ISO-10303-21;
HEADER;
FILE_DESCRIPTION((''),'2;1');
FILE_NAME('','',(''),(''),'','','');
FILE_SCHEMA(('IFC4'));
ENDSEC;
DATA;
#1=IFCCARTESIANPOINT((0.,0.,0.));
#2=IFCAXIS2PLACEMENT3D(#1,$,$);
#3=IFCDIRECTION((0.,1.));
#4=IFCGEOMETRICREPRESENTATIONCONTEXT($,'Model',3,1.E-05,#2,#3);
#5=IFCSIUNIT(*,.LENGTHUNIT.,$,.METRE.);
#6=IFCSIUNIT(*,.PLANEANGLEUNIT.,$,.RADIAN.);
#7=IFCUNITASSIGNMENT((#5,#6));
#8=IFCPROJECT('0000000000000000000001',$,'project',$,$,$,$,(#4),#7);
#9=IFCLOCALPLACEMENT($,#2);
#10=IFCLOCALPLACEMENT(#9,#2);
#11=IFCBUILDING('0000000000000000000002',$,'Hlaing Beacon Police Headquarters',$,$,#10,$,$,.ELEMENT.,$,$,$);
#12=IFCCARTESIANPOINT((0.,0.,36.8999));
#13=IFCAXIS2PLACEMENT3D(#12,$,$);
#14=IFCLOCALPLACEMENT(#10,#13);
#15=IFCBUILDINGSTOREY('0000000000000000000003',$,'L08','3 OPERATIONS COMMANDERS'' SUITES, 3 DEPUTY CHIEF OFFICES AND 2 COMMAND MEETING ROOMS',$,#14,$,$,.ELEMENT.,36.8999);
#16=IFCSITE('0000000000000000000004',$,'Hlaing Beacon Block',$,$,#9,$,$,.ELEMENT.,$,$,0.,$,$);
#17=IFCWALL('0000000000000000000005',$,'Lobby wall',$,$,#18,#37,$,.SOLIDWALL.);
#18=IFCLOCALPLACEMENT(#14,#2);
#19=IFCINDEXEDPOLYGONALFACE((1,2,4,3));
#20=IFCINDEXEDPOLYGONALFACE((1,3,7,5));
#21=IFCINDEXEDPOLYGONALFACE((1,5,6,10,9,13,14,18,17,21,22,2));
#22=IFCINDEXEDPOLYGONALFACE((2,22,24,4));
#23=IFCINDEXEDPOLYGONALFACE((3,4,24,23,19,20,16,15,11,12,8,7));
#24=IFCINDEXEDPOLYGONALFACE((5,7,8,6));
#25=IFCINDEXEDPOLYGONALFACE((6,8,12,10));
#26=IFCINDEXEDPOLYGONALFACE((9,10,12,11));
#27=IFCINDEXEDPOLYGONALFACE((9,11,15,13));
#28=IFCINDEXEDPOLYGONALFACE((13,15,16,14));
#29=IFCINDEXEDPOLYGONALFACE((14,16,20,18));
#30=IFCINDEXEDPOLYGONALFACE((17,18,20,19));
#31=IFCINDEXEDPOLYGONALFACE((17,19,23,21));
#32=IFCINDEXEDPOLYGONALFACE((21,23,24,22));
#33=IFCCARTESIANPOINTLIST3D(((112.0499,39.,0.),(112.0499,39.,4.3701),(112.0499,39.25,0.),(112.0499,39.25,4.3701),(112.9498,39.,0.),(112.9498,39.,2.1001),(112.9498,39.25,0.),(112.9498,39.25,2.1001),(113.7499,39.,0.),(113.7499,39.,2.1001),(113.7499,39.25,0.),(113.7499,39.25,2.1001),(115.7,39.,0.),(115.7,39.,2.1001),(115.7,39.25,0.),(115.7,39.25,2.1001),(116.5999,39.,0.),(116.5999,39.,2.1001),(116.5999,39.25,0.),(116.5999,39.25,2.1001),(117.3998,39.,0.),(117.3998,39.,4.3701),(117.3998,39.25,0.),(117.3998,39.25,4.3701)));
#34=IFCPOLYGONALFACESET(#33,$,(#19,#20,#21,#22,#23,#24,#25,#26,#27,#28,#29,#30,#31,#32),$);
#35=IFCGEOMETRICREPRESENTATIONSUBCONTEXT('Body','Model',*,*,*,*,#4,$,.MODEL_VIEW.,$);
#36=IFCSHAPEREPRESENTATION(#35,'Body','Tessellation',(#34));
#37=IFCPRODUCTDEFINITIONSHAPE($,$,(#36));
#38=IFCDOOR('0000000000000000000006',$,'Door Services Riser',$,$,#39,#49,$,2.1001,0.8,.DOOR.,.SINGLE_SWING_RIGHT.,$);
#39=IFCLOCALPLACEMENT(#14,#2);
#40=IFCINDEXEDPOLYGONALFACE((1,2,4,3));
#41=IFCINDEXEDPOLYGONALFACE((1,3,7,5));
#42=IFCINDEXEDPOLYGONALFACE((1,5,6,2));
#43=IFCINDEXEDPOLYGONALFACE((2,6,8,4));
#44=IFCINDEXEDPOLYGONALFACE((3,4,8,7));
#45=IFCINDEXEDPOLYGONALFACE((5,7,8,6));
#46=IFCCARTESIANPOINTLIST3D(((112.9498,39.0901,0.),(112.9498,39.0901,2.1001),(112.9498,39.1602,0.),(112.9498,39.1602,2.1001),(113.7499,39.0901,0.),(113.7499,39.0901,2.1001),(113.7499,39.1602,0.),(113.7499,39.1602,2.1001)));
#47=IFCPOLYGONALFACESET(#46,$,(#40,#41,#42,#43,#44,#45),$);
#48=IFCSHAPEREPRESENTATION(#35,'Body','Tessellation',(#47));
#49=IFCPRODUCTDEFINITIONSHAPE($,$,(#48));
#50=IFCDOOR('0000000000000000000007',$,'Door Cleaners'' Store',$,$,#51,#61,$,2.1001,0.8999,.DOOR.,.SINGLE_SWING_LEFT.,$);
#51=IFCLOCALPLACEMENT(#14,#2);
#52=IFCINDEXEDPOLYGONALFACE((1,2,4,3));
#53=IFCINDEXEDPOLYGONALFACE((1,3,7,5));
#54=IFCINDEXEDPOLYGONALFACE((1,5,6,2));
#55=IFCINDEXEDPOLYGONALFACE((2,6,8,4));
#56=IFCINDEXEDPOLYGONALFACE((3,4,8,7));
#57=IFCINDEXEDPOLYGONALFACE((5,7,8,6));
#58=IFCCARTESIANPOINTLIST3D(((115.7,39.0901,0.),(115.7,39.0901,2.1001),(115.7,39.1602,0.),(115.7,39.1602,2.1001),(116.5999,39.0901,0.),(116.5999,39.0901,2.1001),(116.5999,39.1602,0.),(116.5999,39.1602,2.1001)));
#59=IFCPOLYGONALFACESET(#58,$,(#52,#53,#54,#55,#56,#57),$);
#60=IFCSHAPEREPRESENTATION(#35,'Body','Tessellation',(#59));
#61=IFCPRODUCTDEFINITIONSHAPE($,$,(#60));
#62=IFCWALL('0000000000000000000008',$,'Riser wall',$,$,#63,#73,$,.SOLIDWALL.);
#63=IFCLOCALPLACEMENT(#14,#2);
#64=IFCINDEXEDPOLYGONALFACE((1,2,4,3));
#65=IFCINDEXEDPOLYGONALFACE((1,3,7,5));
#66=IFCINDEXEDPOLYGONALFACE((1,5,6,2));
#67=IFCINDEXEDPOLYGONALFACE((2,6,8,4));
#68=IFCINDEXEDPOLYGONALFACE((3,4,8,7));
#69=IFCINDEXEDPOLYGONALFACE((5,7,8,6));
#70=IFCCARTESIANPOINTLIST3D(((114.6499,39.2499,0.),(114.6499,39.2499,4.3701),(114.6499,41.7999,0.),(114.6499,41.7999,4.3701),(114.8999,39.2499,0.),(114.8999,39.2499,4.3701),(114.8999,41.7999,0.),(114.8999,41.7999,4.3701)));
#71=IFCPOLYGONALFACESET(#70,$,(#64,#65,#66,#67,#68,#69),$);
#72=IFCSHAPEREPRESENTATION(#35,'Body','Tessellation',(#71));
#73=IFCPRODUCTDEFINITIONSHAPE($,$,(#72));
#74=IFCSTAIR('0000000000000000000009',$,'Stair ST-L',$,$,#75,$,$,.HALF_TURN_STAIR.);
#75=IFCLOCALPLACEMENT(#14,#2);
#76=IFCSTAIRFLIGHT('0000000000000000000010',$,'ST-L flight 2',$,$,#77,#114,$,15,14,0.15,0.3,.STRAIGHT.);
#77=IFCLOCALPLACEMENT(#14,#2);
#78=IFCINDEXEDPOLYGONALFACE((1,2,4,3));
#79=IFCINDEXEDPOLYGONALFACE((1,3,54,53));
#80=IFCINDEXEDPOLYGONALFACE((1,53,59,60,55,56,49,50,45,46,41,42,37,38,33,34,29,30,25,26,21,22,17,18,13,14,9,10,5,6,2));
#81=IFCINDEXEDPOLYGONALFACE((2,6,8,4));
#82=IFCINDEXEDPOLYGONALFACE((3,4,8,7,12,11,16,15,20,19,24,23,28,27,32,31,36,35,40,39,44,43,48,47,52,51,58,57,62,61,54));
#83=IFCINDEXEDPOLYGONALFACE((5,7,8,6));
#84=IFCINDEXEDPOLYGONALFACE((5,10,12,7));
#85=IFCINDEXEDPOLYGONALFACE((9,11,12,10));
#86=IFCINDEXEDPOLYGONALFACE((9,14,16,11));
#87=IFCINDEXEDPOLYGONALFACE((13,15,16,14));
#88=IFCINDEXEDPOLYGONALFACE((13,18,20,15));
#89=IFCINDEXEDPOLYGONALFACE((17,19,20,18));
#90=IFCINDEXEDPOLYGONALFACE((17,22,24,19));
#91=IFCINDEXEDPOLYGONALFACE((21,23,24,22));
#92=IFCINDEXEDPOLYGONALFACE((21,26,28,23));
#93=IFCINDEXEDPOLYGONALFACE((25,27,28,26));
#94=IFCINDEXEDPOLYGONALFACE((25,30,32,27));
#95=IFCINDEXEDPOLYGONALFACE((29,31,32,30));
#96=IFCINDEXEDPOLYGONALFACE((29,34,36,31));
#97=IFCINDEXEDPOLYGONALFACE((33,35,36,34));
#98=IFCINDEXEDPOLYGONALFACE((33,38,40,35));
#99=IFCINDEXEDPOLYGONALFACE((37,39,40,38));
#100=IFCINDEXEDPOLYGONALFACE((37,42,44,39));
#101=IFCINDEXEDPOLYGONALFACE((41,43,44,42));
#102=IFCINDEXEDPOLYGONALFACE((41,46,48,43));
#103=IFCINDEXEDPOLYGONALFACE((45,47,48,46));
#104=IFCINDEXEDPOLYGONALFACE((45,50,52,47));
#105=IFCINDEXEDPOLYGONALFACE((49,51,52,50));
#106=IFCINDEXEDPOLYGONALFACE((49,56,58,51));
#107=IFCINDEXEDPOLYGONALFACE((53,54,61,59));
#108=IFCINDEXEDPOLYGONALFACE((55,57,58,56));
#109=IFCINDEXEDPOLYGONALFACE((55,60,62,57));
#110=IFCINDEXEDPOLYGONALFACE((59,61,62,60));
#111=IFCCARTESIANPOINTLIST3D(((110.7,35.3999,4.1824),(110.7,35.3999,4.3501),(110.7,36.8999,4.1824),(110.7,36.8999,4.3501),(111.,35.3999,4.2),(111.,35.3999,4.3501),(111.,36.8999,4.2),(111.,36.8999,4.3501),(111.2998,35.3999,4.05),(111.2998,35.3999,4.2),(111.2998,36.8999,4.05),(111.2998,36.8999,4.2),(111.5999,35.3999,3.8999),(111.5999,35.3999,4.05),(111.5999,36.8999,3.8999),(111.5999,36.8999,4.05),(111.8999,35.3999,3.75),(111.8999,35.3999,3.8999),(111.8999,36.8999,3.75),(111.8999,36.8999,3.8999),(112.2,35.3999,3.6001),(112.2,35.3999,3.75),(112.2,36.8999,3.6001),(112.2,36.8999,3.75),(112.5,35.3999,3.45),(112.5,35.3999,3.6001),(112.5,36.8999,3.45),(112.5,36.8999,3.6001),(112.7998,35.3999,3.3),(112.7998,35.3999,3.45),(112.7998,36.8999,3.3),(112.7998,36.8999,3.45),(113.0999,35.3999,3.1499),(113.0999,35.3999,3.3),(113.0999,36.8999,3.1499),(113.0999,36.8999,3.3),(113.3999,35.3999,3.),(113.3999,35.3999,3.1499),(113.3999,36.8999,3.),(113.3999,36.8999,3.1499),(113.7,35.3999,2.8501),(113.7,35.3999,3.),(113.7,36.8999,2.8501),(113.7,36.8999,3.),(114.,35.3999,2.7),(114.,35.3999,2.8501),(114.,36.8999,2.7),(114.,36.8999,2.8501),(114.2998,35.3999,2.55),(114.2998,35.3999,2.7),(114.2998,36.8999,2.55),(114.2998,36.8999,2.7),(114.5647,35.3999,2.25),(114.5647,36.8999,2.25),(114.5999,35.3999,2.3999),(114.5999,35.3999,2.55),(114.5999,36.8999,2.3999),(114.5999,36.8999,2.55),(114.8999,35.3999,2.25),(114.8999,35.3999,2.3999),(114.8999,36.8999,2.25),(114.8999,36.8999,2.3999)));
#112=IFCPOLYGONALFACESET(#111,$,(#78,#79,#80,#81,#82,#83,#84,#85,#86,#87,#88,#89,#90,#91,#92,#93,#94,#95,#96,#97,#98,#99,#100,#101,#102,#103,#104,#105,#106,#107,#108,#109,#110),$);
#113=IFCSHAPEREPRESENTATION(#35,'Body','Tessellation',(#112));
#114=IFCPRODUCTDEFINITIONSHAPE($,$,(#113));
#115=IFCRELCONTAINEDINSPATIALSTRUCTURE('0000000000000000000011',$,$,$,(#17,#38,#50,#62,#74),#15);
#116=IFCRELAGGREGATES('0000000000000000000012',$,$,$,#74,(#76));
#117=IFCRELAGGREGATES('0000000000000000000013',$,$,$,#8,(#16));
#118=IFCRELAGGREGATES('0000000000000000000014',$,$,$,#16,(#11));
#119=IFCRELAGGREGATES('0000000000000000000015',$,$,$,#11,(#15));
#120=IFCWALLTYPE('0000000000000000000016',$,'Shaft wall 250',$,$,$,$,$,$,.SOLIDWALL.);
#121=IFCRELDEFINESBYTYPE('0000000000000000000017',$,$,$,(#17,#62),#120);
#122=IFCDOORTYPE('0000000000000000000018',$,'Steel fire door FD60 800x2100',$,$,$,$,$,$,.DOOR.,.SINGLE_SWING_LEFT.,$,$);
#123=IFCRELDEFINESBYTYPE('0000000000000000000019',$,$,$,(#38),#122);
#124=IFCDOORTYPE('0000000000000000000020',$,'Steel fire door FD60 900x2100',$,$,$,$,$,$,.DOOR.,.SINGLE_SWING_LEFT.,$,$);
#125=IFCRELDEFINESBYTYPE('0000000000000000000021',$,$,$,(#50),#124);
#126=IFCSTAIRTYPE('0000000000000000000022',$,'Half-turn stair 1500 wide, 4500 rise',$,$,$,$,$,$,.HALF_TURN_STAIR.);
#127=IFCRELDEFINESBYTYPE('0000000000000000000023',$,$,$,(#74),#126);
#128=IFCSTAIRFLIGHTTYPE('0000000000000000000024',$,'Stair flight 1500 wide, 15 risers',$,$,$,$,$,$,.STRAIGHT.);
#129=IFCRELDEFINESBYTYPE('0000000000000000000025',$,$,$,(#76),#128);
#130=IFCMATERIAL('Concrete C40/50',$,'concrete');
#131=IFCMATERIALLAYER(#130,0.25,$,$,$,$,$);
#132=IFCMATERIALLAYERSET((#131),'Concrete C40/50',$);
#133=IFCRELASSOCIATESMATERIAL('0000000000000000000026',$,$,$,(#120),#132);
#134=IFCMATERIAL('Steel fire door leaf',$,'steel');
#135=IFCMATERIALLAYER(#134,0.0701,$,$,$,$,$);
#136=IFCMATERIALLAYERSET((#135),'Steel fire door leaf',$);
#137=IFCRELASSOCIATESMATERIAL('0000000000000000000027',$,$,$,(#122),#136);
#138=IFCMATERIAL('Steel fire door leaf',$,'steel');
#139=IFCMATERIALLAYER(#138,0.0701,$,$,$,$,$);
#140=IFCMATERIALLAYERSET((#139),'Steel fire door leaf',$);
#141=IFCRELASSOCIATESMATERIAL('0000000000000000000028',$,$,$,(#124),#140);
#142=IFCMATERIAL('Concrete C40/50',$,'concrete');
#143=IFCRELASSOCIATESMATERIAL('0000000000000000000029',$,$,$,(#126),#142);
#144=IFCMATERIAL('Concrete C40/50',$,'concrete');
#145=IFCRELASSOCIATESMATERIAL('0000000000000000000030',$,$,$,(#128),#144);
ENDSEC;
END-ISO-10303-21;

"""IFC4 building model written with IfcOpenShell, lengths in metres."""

from ifc_helpers import new_model, si_unit, direction, frame, frame_2d, origin, place, context, subcontext, project, spatial, polyline, rectangle, outline, extrude, material, layer, layer_set, type_object, element, fill, aggregate, save


model = new_model("IFC4")

# Units and contexts
model_context = context("Model", 3, precision=1e-05, world=origin(), true_north=direction((0.0, 1.0)))
body_context = subcontext(model_context, "Body", "Model", "MODEL_VIEW")
ifc_project = project(units=[si_unit("LENGTHUNIT", "METRE"), si_unit("PLANEANGLEUNIT", "RADIAN")], contexts=[model_context])

# Site, building, storey
site_placement = place(None, origin())
site = spatial("IfcSite", under=ifc_project, at=site_placement, Name="Hlaing Beacon Block", CompositionType="ELEMENT", RefElevation=0.0)
building_placement = place(site_placement, origin())
building = spatial("IfcBuilding", under=site, at=building_placement, Name="Hlaing Beacon Police Headquarters", CompositionType="ELEMENT")
storey_placement = place(building_placement, frame((0.0, 0.0, 36.8999)))
storey = spatial("IfcBuildingStorey", under=building, at=storey_placement, Name="L08", Description="3 OPERATIONS COMMANDERS' SUITES, 3 DEPUTY CHIEF OFFICES AND 2 COMMAND MEETING ROOMS", CompositionType="ELEMENT", Elevation=36.8999)

# Shared definitions
ifc_material_1 = material(Name="Concrete C40/50", Category="concrete")
ifc_layer_1 = layer(ifc_material_1, 0.25)
ifc_layer_set_1 = layer_set([ifc_layer_1], Name="Concrete C40/50")
wall_type_1 = type_object("IfcWallType", Name="Shaft wall 250", PredefinedType="SOLIDWALL", material=ifc_layer_set_1)

# Wall, openings, doors
wall_1_placement = place(storey_placement, frame((112.05, 39.125, 0.0), z_axis=(0.0, 0.0, 1.0), x_axis=(1.0, 0.0, 0.0)))
wall_1 = element("IfcWall", 1, at=wall_1_placement, inside=storey, type_object=wall_type_1, Name="Lobby wall", PredefinedType="SOLIDWALL", context=body_context, shape_type="SweptSolid", body=[
    extrude(rectangle(XDim=5.3499, YDim=0.25, at=frame_2d((2.6748, 0.0))), origin(), (0.0, 0.0, 1.0), 4.3701),
])
opening_1_placement = place(wall_1_placement, frame((3.6499, 0.0, 0.0)))
opening_1 = element("IfcOpeningElement", 2, at=opening_1_placement, cuts=wall_1, PredefinedType="OPENING", context=body_context, shape_type="SweptSolid", body=[
    extrude(rectangle(XDim=0.8999, YDim=2.1001, at=frame_2d((0.45, 1.05))), frame((0.0, 0.135, 0.0), z_axis=(0.0, -1.0, 0.0), x_axis=(1.0, 0.0, 0.0)), (0.0, 0.0, 1.0), 0.27),
])
opening_2_placement = place(wall_1_placement, frame((0.8999, 0.0, 0.0)))
opening_2 = element("IfcOpeningElement", 3, at=opening_2_placement, cuts=wall_1, PredefinedType="OPENING", context=body_context, shape_type="SweptSolid", body=[
    extrude(rectangle(XDim=0.8, YDim=2.1001, at=frame_2d((0.3999, 1.05))), frame((0.0, 0.135, 0.0), z_axis=(0.0, -1.0, 0.0), x_axis=(1.0, 0.0, 0.0)), (0.0, 0.0, 1.0), 0.27),
])
ifc_material_2 = material(Name="Steel fire door leaf", Category="steel")
ifc_layer_2 = layer(ifc_material_2, 0.0701)
ifc_layer_set_2 = layer_set([ifc_layer_2], Name="Steel fire door leaf")
door_type_1 = type_object("IfcDoorType", Name="Steel fire door FD60 800x2100", OperationType="SINGLE_SWING_LEFT", PredefinedType="DOOR", material=ifc_layer_set_2)
door_1_placement = place(opening_2_placement, origin())
door_1 = element("IfcDoor", 4, at=door_1_placement, inside=storey, type_object=door_type_1, Name="Door Services Riser", OperationType="SINGLE_SWING_RIGHT", OverallHeight=2.1001, OverallWidth=0.8, PredefinedType="DOOR", context=body_context, shape_type="SweptSolid", body=[
    extrude(rectangle(XDim=0.8, YDim=2.1001, at=frame_2d((0.3999, 1.05))), frame((0.0, 0.0352, 0.0), z_axis=(0.0, -1.0, 0.0), x_axis=(1.0, 0.0, 0.0)), (0.0, 0.0, 1.0), 0.0701),
])
fill(opening_2, door_1)
ifc_material_3 = material(Name="Steel fire door leaf", Category="steel")
ifc_layer_3 = layer(ifc_material_3, 0.0701)
ifc_layer_set_3 = layer_set([ifc_layer_3], Name="Steel fire door leaf")
door_type_2 = type_object("IfcDoorType", Name="Steel fire door FD60 900x2100", OperationType="SINGLE_SWING_LEFT", PredefinedType="DOOR", material=ifc_layer_set_3)
door_2_placement = place(opening_1_placement, origin())
door_2 = element("IfcDoor", 5, at=door_2_placement, inside=storey, type_object=door_type_2, Name="Door Cleaners' Store", OperationType="SINGLE_SWING_LEFT", OverallHeight=2.1001, OverallWidth=0.8999, PredefinedType="DOOR", context=body_context, shape_type="SweptSolid", body=[
    extrude(rectangle(XDim=0.8999, YDim=2.1001, at=frame_2d((0.45, 1.05))), frame((0.0, 0.0352, 0.0), z_axis=(0.0, -1.0, 0.0), x_axis=(1.0, 0.0, 0.0)), (0.0, 0.0, 1.0), 0.0701),
])
fill(opening_1, door_2)

# Wall
wall_2_placement = place(storey_placement, frame((114.7749, 39.25, 0.0), z_axis=(0.0, 0.0, 1.0), x_axis=(0.0, 1.0, 0.0)))
element("IfcWall", 6, at=wall_2_placement, inside=storey, type_object=wall_type_1, Name="Riser wall", PredefinedType="SOLIDWALL", context=body_context, shape_type="SweptSolid", body=[
    extrude(rectangle(XDim=2.55, YDim=0.25, at=frame_2d((1.2749, 0.0))), origin(), (0.0, 0.0, 1.0), 4.3701),
])

# Stair, stair flight
ifc_material_4 = material(Name="Concrete C40/50", Category="concrete")
stair_type = type_object("IfcStairType", Name="Half-turn stair 1500 wide, 4500 rise", PredefinedType="HALF_TURN_STAIR", material=ifc_material_4)
stair_placement = place(storey_placement, origin())
stair = element("IfcStair", 7, at=stair_placement, inside=storey, type_object=stair_type, Name="Stair ST-L", PredefinedType="HALF_TURN_STAIR")
ifc_material_5 = material(Name="Concrete C40/50", Category="concrete")
stair_flight_type = type_object("IfcStairFlightType", Name="Stair flight 1500 wide, 15 risers", PredefinedType="STRAIGHT", material=ifc_material_5)
stair_flight_placement = place(storey_placement, frame((114.8999, 36.1499, 2.25), z_axis=(0.0, 0.0, 1.0), x_axis=(-1.0, 0.0, 0.0)))
stair_flight = element("IfcStairFlight", 8, at=stair_flight_placement, type_object=stair_flight_type, Name="ST-L flight 2", NumberOfRisers=15, NumberOfTreads=14, PredefinedType="STRAIGHT", RiserHeight=0.15, TreadLength=0.3, context=body_context, shape_type="SweptSolid", body=[
    extrude(outline(polyline([(0.0, 0.0), (0.0, 0.1499), (0.3, 0.1499), (0.3, 0.3), (0.6001, 0.3), (0.6001, 0.45), (0.8999, 0.45), (0.8999, 0.6001), (1.2, 0.6001), (1.2, 0.75), (1.5, 0.75), (1.5, 0.8999), (1.8, 0.8999), (1.8, 1.05), (2.1001, 1.05), (2.1001, 1.2), (2.3999, 1.2), (2.3999, 1.3501), (2.7, 1.3501), (2.7, 1.5), (3.0, 1.5), (3.0, 1.6499), (3.3, 1.6499), (3.3, 1.8), (3.6001, 1.8), (3.6001, 1.95), (3.8999, 1.95), (3.8999, 2.1001), (4.2, 2.1001), (4.2, 2.25), (4.2, 1.9324), (0.3352, 0.0), (0.0, 0.0)])), frame((0.0, 0.75, 0.0), z_axis=(0.0, -1.0, 0.0), x_axis=(1.0, 0.0, 0.0)), (0.0, 0.0, 1.0), 1.5),
])
aggregate(stair, [stair_flight])

save(model, "model.ifc")
